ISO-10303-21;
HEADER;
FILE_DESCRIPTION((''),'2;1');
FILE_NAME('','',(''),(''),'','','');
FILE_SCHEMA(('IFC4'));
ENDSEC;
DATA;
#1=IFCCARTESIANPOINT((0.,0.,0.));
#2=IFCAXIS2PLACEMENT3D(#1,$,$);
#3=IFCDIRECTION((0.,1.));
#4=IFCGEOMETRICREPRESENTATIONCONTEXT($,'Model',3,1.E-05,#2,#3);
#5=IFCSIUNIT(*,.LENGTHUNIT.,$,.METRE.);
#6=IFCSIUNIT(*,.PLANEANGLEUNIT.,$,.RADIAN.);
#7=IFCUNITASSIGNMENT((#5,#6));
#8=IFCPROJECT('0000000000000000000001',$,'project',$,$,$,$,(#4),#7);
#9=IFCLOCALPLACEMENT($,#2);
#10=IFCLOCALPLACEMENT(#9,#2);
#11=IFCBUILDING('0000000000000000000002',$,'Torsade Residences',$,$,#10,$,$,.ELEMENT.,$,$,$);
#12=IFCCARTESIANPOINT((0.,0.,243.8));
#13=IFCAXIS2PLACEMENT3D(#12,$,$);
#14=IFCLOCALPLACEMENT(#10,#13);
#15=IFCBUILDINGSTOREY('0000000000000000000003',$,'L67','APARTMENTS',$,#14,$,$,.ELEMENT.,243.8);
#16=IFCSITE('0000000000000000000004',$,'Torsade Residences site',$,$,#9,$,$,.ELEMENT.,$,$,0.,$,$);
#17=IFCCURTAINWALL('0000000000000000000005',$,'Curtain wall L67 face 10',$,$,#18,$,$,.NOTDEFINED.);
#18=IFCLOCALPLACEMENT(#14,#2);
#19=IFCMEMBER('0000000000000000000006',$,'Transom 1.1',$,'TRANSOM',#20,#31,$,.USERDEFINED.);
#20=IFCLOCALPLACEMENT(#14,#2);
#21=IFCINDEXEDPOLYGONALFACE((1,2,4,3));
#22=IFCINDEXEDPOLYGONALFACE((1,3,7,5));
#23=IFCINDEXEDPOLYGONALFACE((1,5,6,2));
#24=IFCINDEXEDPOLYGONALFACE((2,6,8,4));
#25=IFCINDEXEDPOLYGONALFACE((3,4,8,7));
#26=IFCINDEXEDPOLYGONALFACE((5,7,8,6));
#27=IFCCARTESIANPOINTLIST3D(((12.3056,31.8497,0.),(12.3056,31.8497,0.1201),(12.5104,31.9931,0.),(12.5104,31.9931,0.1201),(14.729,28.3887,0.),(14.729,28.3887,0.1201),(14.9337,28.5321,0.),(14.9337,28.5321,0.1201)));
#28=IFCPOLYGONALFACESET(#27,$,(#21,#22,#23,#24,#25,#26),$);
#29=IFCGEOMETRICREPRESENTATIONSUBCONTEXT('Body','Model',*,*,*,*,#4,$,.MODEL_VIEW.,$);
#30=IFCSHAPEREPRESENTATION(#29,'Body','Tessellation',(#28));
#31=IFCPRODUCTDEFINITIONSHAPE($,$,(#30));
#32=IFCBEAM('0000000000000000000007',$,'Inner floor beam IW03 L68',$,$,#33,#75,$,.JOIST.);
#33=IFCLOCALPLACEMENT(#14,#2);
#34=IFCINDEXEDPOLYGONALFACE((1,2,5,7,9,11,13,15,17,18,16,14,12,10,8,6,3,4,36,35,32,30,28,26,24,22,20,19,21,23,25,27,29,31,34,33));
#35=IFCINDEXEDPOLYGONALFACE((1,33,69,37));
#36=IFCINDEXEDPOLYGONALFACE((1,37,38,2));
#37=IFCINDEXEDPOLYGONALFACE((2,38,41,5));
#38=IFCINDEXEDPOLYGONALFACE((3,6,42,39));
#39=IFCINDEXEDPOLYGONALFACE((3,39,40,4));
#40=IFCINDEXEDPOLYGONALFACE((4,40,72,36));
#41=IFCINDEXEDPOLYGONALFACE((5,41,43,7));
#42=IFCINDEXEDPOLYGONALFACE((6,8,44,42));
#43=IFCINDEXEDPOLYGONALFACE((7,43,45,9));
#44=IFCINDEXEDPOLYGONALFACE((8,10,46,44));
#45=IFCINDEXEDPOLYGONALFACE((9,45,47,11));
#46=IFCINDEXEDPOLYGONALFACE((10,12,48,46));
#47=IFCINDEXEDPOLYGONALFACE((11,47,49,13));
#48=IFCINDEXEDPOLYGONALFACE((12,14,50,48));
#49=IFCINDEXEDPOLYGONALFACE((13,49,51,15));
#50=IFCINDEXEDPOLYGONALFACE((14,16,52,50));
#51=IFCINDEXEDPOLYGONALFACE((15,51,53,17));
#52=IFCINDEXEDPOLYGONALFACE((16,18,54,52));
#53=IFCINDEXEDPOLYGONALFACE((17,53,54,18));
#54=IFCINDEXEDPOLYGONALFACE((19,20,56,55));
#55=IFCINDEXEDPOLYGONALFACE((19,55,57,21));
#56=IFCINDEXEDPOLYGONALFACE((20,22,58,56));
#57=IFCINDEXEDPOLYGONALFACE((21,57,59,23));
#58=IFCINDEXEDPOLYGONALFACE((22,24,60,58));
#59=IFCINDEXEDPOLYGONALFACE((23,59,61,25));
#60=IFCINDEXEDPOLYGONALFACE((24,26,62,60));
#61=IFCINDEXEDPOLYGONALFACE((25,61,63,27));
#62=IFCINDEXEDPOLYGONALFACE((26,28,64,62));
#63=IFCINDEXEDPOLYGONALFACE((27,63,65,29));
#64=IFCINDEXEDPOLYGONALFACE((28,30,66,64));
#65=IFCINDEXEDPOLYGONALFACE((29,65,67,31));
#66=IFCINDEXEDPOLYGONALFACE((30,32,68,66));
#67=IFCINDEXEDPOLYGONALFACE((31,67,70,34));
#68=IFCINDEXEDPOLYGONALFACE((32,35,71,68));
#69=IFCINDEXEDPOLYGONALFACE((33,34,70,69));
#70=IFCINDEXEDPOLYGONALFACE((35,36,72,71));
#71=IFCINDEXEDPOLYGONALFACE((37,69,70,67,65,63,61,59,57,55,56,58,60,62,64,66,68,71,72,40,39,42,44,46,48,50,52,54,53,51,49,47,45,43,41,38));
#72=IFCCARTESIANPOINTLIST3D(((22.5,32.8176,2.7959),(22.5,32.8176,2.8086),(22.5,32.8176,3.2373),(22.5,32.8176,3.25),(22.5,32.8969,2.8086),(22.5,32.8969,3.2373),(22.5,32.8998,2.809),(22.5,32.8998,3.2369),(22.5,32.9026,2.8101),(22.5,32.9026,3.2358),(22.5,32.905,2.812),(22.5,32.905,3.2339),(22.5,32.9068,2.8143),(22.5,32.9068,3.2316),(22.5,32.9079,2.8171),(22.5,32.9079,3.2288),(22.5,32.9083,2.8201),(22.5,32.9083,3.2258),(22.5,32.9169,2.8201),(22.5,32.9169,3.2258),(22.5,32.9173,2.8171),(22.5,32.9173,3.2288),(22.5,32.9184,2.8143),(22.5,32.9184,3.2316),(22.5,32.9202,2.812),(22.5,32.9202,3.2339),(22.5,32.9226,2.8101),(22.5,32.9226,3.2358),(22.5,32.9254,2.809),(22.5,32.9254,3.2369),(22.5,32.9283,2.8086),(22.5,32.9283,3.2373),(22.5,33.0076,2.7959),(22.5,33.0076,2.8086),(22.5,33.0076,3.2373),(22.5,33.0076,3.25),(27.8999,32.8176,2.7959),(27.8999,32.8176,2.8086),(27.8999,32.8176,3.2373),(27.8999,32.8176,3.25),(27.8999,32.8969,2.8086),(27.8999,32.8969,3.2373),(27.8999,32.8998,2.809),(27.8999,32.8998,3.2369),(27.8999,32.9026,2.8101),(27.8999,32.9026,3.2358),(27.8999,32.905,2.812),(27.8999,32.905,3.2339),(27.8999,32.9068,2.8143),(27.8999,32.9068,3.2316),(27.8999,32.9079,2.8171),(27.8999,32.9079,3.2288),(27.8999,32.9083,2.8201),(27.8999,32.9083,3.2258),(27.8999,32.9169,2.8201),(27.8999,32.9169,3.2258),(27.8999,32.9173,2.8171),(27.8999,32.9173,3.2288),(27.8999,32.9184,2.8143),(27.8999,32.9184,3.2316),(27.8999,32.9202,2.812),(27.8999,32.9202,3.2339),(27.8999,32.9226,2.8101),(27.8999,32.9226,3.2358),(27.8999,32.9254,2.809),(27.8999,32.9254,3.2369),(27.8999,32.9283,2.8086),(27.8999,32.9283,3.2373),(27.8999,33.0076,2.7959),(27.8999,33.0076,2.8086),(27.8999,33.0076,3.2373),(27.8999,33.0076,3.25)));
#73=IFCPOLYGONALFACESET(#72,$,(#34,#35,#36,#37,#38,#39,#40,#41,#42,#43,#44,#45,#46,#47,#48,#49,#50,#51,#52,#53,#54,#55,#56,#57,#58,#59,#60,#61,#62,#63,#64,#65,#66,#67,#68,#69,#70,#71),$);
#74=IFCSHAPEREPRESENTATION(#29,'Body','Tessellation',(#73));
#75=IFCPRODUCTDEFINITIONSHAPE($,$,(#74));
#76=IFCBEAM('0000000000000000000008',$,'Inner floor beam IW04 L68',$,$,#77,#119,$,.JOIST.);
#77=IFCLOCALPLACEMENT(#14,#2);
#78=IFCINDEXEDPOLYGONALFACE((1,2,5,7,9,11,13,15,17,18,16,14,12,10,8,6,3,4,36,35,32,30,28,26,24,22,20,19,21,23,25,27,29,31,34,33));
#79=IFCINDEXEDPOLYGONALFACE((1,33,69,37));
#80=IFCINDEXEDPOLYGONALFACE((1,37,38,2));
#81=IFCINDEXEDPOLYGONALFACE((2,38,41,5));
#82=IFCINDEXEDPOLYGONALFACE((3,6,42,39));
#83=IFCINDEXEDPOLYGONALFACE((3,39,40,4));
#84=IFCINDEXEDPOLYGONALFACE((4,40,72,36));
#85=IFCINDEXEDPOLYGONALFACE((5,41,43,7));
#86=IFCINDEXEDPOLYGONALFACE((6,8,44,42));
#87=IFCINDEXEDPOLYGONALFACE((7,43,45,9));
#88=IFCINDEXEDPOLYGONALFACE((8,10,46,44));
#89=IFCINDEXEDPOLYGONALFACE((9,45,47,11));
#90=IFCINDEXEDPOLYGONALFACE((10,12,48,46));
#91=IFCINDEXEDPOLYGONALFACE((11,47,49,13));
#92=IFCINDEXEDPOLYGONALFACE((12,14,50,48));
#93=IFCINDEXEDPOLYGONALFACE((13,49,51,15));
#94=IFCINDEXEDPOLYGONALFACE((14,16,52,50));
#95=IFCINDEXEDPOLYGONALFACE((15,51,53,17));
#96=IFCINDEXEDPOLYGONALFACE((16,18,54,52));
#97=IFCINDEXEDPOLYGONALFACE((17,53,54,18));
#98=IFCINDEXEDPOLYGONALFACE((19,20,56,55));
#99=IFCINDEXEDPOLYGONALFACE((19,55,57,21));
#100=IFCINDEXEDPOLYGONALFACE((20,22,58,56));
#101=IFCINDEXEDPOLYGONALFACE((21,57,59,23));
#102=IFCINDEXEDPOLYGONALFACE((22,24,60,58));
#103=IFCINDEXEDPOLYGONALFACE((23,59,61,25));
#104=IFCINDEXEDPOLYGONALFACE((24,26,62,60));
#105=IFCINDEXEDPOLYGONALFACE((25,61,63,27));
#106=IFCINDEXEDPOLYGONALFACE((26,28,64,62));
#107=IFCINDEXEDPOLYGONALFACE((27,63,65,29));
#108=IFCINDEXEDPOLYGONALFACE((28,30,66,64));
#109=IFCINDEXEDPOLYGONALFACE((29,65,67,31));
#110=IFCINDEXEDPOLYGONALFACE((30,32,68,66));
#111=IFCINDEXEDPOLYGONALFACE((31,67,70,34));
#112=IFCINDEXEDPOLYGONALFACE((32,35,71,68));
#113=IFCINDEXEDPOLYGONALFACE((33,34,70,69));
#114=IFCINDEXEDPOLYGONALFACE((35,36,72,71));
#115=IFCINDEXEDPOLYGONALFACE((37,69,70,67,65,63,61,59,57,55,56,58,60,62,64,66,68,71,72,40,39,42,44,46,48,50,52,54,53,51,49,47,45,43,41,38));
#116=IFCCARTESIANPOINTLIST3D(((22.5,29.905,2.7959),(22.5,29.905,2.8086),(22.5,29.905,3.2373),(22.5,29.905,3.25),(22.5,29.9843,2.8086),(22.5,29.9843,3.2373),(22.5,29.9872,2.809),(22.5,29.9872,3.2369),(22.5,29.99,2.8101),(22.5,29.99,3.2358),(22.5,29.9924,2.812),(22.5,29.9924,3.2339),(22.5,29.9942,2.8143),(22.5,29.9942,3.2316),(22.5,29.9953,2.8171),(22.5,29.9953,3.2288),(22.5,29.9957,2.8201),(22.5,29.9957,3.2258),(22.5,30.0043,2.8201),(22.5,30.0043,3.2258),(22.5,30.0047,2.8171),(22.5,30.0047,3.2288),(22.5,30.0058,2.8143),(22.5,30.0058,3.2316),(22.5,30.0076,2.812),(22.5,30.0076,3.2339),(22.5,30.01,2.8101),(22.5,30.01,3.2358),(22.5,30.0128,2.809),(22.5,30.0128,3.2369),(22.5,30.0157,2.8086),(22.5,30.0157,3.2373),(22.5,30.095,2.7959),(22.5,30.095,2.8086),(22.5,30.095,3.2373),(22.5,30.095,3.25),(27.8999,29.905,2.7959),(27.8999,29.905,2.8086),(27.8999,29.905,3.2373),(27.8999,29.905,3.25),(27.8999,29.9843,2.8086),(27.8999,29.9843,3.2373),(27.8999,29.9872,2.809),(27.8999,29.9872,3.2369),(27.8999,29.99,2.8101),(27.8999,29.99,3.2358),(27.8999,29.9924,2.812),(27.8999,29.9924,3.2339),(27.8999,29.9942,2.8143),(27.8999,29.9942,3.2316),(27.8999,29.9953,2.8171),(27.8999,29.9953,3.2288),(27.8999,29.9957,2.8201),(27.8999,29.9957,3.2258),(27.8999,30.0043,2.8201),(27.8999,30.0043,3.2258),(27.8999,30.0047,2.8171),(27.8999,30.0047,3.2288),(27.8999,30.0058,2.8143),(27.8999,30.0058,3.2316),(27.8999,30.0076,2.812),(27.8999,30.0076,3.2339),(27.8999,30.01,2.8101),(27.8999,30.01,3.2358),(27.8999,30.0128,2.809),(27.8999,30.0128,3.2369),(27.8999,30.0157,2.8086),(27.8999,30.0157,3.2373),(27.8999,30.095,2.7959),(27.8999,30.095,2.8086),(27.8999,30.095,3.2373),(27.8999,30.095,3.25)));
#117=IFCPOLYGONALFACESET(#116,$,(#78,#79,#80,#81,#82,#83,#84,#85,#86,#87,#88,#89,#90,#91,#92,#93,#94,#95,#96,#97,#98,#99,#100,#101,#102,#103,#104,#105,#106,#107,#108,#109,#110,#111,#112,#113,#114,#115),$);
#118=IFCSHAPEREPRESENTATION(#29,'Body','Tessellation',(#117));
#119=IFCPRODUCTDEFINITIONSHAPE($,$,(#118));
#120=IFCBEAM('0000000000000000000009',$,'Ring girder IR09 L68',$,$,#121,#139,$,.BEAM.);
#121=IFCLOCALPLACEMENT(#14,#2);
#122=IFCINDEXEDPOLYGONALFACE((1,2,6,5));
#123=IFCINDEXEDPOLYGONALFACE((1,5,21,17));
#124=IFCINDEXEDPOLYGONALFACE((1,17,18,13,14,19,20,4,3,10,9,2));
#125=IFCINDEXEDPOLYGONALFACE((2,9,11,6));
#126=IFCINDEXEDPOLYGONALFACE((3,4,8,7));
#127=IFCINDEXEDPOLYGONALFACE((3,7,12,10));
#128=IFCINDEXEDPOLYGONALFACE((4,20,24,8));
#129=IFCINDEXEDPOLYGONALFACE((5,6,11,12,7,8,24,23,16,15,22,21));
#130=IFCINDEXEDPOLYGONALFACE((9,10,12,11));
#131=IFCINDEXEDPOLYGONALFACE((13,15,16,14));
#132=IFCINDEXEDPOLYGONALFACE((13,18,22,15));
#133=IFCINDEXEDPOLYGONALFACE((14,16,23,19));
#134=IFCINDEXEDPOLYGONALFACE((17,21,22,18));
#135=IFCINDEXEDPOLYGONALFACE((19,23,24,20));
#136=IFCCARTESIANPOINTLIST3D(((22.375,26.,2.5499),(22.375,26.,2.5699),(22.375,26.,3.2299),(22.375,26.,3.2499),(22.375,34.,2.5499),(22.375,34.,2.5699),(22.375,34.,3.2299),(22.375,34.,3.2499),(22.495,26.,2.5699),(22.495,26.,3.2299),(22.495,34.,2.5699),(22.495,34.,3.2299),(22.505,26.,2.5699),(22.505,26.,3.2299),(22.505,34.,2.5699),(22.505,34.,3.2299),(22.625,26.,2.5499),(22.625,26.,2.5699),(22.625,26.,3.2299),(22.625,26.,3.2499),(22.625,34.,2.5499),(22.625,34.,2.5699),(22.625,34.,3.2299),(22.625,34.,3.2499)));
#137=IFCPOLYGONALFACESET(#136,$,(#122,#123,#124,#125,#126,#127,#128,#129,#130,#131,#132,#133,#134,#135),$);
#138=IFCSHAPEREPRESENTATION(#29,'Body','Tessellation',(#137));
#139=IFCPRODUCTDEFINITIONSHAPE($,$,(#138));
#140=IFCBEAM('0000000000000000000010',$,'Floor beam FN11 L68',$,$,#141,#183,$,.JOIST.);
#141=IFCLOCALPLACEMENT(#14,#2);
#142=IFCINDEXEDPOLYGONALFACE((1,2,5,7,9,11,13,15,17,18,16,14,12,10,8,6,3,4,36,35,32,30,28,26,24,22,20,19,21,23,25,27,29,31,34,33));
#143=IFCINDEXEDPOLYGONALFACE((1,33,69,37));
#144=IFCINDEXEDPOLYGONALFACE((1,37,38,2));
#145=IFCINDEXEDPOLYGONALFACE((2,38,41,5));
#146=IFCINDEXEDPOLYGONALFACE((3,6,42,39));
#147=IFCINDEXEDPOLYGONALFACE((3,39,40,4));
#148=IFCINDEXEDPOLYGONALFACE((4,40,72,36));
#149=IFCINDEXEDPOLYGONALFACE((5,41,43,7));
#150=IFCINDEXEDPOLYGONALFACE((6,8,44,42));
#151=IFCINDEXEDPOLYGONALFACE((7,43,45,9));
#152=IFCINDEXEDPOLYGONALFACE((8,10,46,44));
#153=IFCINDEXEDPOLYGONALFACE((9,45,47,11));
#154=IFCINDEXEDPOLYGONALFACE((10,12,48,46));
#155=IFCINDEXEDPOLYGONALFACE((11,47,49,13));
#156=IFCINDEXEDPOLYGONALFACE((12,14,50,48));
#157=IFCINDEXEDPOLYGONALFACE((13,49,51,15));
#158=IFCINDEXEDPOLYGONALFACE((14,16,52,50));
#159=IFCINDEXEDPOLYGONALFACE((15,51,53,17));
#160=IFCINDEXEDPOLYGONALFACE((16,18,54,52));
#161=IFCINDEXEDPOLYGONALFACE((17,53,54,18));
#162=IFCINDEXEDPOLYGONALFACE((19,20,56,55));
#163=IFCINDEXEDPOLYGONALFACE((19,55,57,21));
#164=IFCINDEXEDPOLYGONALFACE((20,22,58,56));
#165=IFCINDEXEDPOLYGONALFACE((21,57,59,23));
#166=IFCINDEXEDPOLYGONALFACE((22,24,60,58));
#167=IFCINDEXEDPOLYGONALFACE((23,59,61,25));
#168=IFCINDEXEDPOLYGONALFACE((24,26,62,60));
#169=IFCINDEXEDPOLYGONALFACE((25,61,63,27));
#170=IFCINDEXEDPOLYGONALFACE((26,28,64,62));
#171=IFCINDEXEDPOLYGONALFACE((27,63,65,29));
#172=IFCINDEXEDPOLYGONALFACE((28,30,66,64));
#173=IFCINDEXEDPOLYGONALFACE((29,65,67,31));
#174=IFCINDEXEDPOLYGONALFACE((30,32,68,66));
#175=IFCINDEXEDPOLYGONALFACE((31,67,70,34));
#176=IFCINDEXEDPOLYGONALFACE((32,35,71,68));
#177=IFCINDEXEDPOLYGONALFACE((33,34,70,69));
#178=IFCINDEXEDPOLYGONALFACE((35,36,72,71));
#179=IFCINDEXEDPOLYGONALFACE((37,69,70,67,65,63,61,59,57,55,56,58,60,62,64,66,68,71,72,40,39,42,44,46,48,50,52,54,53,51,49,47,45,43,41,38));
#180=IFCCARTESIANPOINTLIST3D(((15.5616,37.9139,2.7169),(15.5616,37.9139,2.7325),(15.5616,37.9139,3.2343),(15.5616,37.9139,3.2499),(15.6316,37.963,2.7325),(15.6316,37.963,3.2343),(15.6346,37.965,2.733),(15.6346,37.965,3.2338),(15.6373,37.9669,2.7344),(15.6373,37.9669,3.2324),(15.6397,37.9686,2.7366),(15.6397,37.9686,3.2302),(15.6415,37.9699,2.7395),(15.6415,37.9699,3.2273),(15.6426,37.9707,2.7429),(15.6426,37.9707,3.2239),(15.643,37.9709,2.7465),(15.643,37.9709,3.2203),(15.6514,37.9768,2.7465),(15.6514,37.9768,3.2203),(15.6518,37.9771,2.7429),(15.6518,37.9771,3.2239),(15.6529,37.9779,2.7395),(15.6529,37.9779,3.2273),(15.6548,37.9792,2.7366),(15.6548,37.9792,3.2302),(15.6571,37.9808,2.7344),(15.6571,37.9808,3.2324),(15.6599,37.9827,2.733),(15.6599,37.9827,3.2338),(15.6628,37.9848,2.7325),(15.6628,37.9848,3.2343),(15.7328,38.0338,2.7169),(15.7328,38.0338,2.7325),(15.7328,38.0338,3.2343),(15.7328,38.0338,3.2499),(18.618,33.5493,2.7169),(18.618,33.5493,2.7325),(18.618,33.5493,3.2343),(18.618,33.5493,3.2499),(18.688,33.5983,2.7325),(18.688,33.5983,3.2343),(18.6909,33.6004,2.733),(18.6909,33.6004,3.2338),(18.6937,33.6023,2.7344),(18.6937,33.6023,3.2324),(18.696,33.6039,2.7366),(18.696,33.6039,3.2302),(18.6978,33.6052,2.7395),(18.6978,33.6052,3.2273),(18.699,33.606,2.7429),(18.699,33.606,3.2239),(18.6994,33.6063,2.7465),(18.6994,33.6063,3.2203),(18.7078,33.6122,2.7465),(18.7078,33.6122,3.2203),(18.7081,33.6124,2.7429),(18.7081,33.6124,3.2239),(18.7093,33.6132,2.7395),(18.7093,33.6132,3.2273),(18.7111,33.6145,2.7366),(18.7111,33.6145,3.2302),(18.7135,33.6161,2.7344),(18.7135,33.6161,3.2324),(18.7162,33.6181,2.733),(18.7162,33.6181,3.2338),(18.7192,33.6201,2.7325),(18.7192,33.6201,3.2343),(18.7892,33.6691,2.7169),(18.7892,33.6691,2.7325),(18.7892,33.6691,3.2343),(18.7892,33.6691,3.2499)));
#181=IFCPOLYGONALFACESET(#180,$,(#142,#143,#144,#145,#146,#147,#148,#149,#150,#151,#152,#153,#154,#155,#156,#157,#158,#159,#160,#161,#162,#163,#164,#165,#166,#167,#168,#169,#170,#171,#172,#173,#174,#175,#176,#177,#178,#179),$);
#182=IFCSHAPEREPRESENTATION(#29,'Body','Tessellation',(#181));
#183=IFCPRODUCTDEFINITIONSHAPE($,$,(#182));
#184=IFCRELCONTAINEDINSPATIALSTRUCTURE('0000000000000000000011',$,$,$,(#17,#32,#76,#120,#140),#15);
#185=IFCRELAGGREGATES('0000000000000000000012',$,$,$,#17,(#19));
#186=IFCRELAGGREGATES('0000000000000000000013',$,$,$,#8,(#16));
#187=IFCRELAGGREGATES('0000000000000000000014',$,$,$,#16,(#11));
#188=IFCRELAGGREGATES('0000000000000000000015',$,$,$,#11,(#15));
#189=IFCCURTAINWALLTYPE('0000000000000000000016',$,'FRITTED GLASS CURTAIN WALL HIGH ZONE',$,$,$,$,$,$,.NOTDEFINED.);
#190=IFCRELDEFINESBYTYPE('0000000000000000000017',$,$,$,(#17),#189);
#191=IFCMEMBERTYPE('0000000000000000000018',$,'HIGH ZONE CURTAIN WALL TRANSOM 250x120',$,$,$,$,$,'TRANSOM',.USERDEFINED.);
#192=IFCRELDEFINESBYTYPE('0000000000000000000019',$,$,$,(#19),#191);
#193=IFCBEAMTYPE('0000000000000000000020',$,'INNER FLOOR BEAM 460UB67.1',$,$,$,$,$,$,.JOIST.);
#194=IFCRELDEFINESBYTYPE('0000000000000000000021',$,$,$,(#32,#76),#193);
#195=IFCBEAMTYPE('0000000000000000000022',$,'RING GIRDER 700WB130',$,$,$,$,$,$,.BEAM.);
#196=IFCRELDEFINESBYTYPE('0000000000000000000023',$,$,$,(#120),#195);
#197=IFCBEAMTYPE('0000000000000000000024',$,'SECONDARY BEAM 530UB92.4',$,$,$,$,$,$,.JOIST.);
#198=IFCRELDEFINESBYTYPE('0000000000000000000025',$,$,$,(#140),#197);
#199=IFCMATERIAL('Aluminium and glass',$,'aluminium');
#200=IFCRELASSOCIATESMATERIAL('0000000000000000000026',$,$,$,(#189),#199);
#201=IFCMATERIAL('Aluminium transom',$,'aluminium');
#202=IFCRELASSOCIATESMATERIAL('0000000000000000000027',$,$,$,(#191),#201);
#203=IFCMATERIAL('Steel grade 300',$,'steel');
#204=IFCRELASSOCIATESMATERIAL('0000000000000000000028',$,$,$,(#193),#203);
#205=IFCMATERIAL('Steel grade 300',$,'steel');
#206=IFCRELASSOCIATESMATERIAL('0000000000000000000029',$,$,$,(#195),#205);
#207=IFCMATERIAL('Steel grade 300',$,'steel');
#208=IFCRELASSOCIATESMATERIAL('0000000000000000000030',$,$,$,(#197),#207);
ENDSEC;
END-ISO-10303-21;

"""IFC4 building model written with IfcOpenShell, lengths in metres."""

from ifc_helpers import new_model, si_unit, direction, frame, origin, origin_2d, place, context, subcontext, project, spatial, rectangle, i_section, extrude, material, material_profile, profile_set, type_object, element, aggregate, save


model = new_model("IFC4")

# Units and contexts
model_context = context("Model", 3, precision=1e-05, world=origin(), true_north=direction((0.0, 1.0)))
body_context = subcontext(model_context, "Body", "Model", "MODEL_VIEW")
ifc_project = project(units=[si_unit("LENGTHUNIT", "METRE"), si_unit("PLANEANGLEUNIT", "RADIAN")], contexts=[model_context])

# Site, building, storey
site_placement = place(None, origin())
site = spatial("IfcSite", under=ifc_project, at=site_placement, Name="Torsade Residences site", CompositionType="ELEMENT", RefElevation=0.0)
building_placement = place(site_placement, origin())
building = spatial("IfcBuilding", under=site, at=building_placement, Name="Torsade Residences", CompositionType="ELEMENT")
storey_placement = place(building_placement, frame((0.0, 0.0, 243.8)))
storey = spatial("IfcBuildingStorey", under=building, at=storey_placement, Name="L67", Description="APARTMENTS", CompositionType="ELEMENT", Elevation=243.8)

# Shared definitions
ifc_material_1 = material(Name="Aluminium and glass", Category="aluminium")
curtain_wall_type = type_object("IfcCurtainWallType", Name="FRITTED GLASS CURTAIN WALL HIGH ZONE", PredefinedType="NOTDEFINED", material=ifc_material_1)

# Curtain wall, member
curtain_wall_1_placement = place(storey_placement, origin())
curtain_wall_1 = element("IfcCurtainWall", 1, at=curtain_wall_1_placement, inside=storey, type_object=curtain_wall_type, Name="Curtain wall L67 face 10", PredefinedType="NOTDEFINED")
ifc_material_2 = material(Name="Aluminium transom", Category="aluminium")
ifc_material_profile_1 = material_profile(ifc_material_2, rectangle(XDim=0.25, YDim=0.1201, at=origin_2d()), Name="HIGH ZONE CURTAIN WALL TRANSOM 250x120")
ifc_profile_set_1 = profile_set([ifc_material_profile_1], Name="Aluminium transom")
member_type_1 = type_object("IfcMemberType", Name="HIGH ZONE CURTAIN WALL TRANSOM 250x120", ElementType="TRANSOM", PredefinedType="USERDEFINED", material=ifc_profile_set_1)
member_1_placement = place(storey_placement, frame((12.408, 31.9214, 0.0601), z_axis=(0.573571, -0.819156, 0.0), x_axis=(0.819156, 0.573571, 0.0)))
member_1 = element("IfcMember", 2, at=member_1_placement, type_object=member_type_1, Name="Transom 1.1", ObjectType="TRANSOM", PredefinedType="USERDEFINED", context=body_context, shape_type="SweptSolid", body=[
    extrude(rectangle(XDim=0.25, YDim=0.1201, at=origin_2d()), origin(), (0.0, 0.0, 1.0), 4.2251),
])

# Beams
ifc_material_3 = material(Name="Steel grade 300", Category="steel")
ifc_material_profile_2 = material_profile(ifc_material_3, i_section(OverallWidth=0.1899, OverallDepth=0.4541, WebThickness=0.0085, FlangeThickness=0.0127, FilletRadius=0.0115, at=origin_2d()), Name="460UB67.1")
ifc_profile_set_2 = profile_set([ifc_material_profile_2], Name="Steel grade 300")
beam_type_1 = type_object("IfcBeamType", Name="INNER FLOOR BEAM 460UB67.1", PredefinedType="JOIST", material=ifc_profile_set_2)
for number, where, z_axis, x_axis, name in (
    (3, (27.8999, 32.9126, 3.0229), (-1.0, 0.0, 0.0), (0.0, -1.0, 0.0), "Inner floor beam IW03 L68"),
    (4, (27.8999, 30.0, 3.0229), (-1.0, 0.0, 0.0), (0.0, -1.0, 0.0), "Inner floor beam IW04 L68"),
):
    element("IfcBeam", number, at=place(storey_placement, frame(where, z_axis=z_axis, x_axis=x_axis)), inside=storey, type_object=beam_type_1, Name=name, PredefinedType="JOIST", context=body_context, shape_type="SweptSolid", body=[
        extrude(i_section(OverallWidth=0.1899, OverallDepth=0.4541, WebThickness=0.0085, FlangeThickness=0.0127, FilletRadius=0.0115, at=origin_2d()), origin(), (0.0, 0.0, 1.0), 5.3999),
    ])
ifc_material_4 = material(Name="Steel grade 300", Category="steel")
ifc_material_profile_3 = material_profile(ifc_material_4, i_section(OverallWidth=0.25, OverallDepth=0.7, WebThickness=0.01, FlangeThickness=0.02, at=origin_2d()), Name="700WB130")
ifc_profile_set_3 = profile_set([ifc_material_profile_3], Name="Steel grade 300")
beam_type_2 = type_object("IfcBeamType", Name="RING GIRDER 700WB130", PredefinedType="BEAM", material=ifc_profile_set_3)
beam_1_placement = place(storey_placement, frame((22.5, 34.0, 2.8999), z_axis=(0.0, -1.0, 0.0), x_axis=(1.0, 0.0, 0.0)))
element("IfcBeam", 5, at=beam_1_placement, inside=storey, type_object=beam_type_2, Name="Ring girder IR09 L68", PredefinedType="BEAM", context=body_context, shape_type="SweptSolid", body=[
    extrude(i_section(OverallWidth=0.25, OverallDepth=0.7, WebThickness=0.01, FlangeThickness=0.02, at=origin_2d()), origin(), (0.0, 0.0, 1.0), 8.0),
])
ifc_material_5 = material(Name="Steel grade 300", Category="steel")
ifc_material_profile_4 = material_profile(ifc_material_5, i_section(OverallWidth=0.209, OverallDepth=0.533, WebThickness=0.0103, FlangeThickness=0.0156, FilletRadius=0.0139, at=origin_2d()), Name="530UB92.4")
ifc_profile_set_4 = profile_set([ifc_material_profile_4], Name="Steel grade 300")
beam_type_3 = type_object("IfcBeamType", Name="SECONDARY BEAM 530UB92.4", PredefinedType="JOIST", material=ifc_profile_set_4)
beam_2_placement = place(storey_placement, frame((15.6472, 37.9739, 2.9834), z_axis=(0.573598, -0.819137, 0.0), x_axis=(0.819137, 0.573598, 0.0)))
element("IfcBeam", 6, at=beam_2_placement, inside=storey, type_object=beam_type_3, Name="Floor beam FN11 L68", PredefinedType="JOIST", context=body_context, shape_type="SweptSolid", body=[
    extrude(i_section(OverallWidth=0.209, OverallDepth=0.533, WebThickness=0.0103, FlangeThickness=0.0156, FilletRadius=0.0139, at=origin_2d()), origin(), (0.0, 0.0, 1.0), 5.3284),
])

aggregate(curtain_wall_1, [member_1])

save(model, "model.ifc")
